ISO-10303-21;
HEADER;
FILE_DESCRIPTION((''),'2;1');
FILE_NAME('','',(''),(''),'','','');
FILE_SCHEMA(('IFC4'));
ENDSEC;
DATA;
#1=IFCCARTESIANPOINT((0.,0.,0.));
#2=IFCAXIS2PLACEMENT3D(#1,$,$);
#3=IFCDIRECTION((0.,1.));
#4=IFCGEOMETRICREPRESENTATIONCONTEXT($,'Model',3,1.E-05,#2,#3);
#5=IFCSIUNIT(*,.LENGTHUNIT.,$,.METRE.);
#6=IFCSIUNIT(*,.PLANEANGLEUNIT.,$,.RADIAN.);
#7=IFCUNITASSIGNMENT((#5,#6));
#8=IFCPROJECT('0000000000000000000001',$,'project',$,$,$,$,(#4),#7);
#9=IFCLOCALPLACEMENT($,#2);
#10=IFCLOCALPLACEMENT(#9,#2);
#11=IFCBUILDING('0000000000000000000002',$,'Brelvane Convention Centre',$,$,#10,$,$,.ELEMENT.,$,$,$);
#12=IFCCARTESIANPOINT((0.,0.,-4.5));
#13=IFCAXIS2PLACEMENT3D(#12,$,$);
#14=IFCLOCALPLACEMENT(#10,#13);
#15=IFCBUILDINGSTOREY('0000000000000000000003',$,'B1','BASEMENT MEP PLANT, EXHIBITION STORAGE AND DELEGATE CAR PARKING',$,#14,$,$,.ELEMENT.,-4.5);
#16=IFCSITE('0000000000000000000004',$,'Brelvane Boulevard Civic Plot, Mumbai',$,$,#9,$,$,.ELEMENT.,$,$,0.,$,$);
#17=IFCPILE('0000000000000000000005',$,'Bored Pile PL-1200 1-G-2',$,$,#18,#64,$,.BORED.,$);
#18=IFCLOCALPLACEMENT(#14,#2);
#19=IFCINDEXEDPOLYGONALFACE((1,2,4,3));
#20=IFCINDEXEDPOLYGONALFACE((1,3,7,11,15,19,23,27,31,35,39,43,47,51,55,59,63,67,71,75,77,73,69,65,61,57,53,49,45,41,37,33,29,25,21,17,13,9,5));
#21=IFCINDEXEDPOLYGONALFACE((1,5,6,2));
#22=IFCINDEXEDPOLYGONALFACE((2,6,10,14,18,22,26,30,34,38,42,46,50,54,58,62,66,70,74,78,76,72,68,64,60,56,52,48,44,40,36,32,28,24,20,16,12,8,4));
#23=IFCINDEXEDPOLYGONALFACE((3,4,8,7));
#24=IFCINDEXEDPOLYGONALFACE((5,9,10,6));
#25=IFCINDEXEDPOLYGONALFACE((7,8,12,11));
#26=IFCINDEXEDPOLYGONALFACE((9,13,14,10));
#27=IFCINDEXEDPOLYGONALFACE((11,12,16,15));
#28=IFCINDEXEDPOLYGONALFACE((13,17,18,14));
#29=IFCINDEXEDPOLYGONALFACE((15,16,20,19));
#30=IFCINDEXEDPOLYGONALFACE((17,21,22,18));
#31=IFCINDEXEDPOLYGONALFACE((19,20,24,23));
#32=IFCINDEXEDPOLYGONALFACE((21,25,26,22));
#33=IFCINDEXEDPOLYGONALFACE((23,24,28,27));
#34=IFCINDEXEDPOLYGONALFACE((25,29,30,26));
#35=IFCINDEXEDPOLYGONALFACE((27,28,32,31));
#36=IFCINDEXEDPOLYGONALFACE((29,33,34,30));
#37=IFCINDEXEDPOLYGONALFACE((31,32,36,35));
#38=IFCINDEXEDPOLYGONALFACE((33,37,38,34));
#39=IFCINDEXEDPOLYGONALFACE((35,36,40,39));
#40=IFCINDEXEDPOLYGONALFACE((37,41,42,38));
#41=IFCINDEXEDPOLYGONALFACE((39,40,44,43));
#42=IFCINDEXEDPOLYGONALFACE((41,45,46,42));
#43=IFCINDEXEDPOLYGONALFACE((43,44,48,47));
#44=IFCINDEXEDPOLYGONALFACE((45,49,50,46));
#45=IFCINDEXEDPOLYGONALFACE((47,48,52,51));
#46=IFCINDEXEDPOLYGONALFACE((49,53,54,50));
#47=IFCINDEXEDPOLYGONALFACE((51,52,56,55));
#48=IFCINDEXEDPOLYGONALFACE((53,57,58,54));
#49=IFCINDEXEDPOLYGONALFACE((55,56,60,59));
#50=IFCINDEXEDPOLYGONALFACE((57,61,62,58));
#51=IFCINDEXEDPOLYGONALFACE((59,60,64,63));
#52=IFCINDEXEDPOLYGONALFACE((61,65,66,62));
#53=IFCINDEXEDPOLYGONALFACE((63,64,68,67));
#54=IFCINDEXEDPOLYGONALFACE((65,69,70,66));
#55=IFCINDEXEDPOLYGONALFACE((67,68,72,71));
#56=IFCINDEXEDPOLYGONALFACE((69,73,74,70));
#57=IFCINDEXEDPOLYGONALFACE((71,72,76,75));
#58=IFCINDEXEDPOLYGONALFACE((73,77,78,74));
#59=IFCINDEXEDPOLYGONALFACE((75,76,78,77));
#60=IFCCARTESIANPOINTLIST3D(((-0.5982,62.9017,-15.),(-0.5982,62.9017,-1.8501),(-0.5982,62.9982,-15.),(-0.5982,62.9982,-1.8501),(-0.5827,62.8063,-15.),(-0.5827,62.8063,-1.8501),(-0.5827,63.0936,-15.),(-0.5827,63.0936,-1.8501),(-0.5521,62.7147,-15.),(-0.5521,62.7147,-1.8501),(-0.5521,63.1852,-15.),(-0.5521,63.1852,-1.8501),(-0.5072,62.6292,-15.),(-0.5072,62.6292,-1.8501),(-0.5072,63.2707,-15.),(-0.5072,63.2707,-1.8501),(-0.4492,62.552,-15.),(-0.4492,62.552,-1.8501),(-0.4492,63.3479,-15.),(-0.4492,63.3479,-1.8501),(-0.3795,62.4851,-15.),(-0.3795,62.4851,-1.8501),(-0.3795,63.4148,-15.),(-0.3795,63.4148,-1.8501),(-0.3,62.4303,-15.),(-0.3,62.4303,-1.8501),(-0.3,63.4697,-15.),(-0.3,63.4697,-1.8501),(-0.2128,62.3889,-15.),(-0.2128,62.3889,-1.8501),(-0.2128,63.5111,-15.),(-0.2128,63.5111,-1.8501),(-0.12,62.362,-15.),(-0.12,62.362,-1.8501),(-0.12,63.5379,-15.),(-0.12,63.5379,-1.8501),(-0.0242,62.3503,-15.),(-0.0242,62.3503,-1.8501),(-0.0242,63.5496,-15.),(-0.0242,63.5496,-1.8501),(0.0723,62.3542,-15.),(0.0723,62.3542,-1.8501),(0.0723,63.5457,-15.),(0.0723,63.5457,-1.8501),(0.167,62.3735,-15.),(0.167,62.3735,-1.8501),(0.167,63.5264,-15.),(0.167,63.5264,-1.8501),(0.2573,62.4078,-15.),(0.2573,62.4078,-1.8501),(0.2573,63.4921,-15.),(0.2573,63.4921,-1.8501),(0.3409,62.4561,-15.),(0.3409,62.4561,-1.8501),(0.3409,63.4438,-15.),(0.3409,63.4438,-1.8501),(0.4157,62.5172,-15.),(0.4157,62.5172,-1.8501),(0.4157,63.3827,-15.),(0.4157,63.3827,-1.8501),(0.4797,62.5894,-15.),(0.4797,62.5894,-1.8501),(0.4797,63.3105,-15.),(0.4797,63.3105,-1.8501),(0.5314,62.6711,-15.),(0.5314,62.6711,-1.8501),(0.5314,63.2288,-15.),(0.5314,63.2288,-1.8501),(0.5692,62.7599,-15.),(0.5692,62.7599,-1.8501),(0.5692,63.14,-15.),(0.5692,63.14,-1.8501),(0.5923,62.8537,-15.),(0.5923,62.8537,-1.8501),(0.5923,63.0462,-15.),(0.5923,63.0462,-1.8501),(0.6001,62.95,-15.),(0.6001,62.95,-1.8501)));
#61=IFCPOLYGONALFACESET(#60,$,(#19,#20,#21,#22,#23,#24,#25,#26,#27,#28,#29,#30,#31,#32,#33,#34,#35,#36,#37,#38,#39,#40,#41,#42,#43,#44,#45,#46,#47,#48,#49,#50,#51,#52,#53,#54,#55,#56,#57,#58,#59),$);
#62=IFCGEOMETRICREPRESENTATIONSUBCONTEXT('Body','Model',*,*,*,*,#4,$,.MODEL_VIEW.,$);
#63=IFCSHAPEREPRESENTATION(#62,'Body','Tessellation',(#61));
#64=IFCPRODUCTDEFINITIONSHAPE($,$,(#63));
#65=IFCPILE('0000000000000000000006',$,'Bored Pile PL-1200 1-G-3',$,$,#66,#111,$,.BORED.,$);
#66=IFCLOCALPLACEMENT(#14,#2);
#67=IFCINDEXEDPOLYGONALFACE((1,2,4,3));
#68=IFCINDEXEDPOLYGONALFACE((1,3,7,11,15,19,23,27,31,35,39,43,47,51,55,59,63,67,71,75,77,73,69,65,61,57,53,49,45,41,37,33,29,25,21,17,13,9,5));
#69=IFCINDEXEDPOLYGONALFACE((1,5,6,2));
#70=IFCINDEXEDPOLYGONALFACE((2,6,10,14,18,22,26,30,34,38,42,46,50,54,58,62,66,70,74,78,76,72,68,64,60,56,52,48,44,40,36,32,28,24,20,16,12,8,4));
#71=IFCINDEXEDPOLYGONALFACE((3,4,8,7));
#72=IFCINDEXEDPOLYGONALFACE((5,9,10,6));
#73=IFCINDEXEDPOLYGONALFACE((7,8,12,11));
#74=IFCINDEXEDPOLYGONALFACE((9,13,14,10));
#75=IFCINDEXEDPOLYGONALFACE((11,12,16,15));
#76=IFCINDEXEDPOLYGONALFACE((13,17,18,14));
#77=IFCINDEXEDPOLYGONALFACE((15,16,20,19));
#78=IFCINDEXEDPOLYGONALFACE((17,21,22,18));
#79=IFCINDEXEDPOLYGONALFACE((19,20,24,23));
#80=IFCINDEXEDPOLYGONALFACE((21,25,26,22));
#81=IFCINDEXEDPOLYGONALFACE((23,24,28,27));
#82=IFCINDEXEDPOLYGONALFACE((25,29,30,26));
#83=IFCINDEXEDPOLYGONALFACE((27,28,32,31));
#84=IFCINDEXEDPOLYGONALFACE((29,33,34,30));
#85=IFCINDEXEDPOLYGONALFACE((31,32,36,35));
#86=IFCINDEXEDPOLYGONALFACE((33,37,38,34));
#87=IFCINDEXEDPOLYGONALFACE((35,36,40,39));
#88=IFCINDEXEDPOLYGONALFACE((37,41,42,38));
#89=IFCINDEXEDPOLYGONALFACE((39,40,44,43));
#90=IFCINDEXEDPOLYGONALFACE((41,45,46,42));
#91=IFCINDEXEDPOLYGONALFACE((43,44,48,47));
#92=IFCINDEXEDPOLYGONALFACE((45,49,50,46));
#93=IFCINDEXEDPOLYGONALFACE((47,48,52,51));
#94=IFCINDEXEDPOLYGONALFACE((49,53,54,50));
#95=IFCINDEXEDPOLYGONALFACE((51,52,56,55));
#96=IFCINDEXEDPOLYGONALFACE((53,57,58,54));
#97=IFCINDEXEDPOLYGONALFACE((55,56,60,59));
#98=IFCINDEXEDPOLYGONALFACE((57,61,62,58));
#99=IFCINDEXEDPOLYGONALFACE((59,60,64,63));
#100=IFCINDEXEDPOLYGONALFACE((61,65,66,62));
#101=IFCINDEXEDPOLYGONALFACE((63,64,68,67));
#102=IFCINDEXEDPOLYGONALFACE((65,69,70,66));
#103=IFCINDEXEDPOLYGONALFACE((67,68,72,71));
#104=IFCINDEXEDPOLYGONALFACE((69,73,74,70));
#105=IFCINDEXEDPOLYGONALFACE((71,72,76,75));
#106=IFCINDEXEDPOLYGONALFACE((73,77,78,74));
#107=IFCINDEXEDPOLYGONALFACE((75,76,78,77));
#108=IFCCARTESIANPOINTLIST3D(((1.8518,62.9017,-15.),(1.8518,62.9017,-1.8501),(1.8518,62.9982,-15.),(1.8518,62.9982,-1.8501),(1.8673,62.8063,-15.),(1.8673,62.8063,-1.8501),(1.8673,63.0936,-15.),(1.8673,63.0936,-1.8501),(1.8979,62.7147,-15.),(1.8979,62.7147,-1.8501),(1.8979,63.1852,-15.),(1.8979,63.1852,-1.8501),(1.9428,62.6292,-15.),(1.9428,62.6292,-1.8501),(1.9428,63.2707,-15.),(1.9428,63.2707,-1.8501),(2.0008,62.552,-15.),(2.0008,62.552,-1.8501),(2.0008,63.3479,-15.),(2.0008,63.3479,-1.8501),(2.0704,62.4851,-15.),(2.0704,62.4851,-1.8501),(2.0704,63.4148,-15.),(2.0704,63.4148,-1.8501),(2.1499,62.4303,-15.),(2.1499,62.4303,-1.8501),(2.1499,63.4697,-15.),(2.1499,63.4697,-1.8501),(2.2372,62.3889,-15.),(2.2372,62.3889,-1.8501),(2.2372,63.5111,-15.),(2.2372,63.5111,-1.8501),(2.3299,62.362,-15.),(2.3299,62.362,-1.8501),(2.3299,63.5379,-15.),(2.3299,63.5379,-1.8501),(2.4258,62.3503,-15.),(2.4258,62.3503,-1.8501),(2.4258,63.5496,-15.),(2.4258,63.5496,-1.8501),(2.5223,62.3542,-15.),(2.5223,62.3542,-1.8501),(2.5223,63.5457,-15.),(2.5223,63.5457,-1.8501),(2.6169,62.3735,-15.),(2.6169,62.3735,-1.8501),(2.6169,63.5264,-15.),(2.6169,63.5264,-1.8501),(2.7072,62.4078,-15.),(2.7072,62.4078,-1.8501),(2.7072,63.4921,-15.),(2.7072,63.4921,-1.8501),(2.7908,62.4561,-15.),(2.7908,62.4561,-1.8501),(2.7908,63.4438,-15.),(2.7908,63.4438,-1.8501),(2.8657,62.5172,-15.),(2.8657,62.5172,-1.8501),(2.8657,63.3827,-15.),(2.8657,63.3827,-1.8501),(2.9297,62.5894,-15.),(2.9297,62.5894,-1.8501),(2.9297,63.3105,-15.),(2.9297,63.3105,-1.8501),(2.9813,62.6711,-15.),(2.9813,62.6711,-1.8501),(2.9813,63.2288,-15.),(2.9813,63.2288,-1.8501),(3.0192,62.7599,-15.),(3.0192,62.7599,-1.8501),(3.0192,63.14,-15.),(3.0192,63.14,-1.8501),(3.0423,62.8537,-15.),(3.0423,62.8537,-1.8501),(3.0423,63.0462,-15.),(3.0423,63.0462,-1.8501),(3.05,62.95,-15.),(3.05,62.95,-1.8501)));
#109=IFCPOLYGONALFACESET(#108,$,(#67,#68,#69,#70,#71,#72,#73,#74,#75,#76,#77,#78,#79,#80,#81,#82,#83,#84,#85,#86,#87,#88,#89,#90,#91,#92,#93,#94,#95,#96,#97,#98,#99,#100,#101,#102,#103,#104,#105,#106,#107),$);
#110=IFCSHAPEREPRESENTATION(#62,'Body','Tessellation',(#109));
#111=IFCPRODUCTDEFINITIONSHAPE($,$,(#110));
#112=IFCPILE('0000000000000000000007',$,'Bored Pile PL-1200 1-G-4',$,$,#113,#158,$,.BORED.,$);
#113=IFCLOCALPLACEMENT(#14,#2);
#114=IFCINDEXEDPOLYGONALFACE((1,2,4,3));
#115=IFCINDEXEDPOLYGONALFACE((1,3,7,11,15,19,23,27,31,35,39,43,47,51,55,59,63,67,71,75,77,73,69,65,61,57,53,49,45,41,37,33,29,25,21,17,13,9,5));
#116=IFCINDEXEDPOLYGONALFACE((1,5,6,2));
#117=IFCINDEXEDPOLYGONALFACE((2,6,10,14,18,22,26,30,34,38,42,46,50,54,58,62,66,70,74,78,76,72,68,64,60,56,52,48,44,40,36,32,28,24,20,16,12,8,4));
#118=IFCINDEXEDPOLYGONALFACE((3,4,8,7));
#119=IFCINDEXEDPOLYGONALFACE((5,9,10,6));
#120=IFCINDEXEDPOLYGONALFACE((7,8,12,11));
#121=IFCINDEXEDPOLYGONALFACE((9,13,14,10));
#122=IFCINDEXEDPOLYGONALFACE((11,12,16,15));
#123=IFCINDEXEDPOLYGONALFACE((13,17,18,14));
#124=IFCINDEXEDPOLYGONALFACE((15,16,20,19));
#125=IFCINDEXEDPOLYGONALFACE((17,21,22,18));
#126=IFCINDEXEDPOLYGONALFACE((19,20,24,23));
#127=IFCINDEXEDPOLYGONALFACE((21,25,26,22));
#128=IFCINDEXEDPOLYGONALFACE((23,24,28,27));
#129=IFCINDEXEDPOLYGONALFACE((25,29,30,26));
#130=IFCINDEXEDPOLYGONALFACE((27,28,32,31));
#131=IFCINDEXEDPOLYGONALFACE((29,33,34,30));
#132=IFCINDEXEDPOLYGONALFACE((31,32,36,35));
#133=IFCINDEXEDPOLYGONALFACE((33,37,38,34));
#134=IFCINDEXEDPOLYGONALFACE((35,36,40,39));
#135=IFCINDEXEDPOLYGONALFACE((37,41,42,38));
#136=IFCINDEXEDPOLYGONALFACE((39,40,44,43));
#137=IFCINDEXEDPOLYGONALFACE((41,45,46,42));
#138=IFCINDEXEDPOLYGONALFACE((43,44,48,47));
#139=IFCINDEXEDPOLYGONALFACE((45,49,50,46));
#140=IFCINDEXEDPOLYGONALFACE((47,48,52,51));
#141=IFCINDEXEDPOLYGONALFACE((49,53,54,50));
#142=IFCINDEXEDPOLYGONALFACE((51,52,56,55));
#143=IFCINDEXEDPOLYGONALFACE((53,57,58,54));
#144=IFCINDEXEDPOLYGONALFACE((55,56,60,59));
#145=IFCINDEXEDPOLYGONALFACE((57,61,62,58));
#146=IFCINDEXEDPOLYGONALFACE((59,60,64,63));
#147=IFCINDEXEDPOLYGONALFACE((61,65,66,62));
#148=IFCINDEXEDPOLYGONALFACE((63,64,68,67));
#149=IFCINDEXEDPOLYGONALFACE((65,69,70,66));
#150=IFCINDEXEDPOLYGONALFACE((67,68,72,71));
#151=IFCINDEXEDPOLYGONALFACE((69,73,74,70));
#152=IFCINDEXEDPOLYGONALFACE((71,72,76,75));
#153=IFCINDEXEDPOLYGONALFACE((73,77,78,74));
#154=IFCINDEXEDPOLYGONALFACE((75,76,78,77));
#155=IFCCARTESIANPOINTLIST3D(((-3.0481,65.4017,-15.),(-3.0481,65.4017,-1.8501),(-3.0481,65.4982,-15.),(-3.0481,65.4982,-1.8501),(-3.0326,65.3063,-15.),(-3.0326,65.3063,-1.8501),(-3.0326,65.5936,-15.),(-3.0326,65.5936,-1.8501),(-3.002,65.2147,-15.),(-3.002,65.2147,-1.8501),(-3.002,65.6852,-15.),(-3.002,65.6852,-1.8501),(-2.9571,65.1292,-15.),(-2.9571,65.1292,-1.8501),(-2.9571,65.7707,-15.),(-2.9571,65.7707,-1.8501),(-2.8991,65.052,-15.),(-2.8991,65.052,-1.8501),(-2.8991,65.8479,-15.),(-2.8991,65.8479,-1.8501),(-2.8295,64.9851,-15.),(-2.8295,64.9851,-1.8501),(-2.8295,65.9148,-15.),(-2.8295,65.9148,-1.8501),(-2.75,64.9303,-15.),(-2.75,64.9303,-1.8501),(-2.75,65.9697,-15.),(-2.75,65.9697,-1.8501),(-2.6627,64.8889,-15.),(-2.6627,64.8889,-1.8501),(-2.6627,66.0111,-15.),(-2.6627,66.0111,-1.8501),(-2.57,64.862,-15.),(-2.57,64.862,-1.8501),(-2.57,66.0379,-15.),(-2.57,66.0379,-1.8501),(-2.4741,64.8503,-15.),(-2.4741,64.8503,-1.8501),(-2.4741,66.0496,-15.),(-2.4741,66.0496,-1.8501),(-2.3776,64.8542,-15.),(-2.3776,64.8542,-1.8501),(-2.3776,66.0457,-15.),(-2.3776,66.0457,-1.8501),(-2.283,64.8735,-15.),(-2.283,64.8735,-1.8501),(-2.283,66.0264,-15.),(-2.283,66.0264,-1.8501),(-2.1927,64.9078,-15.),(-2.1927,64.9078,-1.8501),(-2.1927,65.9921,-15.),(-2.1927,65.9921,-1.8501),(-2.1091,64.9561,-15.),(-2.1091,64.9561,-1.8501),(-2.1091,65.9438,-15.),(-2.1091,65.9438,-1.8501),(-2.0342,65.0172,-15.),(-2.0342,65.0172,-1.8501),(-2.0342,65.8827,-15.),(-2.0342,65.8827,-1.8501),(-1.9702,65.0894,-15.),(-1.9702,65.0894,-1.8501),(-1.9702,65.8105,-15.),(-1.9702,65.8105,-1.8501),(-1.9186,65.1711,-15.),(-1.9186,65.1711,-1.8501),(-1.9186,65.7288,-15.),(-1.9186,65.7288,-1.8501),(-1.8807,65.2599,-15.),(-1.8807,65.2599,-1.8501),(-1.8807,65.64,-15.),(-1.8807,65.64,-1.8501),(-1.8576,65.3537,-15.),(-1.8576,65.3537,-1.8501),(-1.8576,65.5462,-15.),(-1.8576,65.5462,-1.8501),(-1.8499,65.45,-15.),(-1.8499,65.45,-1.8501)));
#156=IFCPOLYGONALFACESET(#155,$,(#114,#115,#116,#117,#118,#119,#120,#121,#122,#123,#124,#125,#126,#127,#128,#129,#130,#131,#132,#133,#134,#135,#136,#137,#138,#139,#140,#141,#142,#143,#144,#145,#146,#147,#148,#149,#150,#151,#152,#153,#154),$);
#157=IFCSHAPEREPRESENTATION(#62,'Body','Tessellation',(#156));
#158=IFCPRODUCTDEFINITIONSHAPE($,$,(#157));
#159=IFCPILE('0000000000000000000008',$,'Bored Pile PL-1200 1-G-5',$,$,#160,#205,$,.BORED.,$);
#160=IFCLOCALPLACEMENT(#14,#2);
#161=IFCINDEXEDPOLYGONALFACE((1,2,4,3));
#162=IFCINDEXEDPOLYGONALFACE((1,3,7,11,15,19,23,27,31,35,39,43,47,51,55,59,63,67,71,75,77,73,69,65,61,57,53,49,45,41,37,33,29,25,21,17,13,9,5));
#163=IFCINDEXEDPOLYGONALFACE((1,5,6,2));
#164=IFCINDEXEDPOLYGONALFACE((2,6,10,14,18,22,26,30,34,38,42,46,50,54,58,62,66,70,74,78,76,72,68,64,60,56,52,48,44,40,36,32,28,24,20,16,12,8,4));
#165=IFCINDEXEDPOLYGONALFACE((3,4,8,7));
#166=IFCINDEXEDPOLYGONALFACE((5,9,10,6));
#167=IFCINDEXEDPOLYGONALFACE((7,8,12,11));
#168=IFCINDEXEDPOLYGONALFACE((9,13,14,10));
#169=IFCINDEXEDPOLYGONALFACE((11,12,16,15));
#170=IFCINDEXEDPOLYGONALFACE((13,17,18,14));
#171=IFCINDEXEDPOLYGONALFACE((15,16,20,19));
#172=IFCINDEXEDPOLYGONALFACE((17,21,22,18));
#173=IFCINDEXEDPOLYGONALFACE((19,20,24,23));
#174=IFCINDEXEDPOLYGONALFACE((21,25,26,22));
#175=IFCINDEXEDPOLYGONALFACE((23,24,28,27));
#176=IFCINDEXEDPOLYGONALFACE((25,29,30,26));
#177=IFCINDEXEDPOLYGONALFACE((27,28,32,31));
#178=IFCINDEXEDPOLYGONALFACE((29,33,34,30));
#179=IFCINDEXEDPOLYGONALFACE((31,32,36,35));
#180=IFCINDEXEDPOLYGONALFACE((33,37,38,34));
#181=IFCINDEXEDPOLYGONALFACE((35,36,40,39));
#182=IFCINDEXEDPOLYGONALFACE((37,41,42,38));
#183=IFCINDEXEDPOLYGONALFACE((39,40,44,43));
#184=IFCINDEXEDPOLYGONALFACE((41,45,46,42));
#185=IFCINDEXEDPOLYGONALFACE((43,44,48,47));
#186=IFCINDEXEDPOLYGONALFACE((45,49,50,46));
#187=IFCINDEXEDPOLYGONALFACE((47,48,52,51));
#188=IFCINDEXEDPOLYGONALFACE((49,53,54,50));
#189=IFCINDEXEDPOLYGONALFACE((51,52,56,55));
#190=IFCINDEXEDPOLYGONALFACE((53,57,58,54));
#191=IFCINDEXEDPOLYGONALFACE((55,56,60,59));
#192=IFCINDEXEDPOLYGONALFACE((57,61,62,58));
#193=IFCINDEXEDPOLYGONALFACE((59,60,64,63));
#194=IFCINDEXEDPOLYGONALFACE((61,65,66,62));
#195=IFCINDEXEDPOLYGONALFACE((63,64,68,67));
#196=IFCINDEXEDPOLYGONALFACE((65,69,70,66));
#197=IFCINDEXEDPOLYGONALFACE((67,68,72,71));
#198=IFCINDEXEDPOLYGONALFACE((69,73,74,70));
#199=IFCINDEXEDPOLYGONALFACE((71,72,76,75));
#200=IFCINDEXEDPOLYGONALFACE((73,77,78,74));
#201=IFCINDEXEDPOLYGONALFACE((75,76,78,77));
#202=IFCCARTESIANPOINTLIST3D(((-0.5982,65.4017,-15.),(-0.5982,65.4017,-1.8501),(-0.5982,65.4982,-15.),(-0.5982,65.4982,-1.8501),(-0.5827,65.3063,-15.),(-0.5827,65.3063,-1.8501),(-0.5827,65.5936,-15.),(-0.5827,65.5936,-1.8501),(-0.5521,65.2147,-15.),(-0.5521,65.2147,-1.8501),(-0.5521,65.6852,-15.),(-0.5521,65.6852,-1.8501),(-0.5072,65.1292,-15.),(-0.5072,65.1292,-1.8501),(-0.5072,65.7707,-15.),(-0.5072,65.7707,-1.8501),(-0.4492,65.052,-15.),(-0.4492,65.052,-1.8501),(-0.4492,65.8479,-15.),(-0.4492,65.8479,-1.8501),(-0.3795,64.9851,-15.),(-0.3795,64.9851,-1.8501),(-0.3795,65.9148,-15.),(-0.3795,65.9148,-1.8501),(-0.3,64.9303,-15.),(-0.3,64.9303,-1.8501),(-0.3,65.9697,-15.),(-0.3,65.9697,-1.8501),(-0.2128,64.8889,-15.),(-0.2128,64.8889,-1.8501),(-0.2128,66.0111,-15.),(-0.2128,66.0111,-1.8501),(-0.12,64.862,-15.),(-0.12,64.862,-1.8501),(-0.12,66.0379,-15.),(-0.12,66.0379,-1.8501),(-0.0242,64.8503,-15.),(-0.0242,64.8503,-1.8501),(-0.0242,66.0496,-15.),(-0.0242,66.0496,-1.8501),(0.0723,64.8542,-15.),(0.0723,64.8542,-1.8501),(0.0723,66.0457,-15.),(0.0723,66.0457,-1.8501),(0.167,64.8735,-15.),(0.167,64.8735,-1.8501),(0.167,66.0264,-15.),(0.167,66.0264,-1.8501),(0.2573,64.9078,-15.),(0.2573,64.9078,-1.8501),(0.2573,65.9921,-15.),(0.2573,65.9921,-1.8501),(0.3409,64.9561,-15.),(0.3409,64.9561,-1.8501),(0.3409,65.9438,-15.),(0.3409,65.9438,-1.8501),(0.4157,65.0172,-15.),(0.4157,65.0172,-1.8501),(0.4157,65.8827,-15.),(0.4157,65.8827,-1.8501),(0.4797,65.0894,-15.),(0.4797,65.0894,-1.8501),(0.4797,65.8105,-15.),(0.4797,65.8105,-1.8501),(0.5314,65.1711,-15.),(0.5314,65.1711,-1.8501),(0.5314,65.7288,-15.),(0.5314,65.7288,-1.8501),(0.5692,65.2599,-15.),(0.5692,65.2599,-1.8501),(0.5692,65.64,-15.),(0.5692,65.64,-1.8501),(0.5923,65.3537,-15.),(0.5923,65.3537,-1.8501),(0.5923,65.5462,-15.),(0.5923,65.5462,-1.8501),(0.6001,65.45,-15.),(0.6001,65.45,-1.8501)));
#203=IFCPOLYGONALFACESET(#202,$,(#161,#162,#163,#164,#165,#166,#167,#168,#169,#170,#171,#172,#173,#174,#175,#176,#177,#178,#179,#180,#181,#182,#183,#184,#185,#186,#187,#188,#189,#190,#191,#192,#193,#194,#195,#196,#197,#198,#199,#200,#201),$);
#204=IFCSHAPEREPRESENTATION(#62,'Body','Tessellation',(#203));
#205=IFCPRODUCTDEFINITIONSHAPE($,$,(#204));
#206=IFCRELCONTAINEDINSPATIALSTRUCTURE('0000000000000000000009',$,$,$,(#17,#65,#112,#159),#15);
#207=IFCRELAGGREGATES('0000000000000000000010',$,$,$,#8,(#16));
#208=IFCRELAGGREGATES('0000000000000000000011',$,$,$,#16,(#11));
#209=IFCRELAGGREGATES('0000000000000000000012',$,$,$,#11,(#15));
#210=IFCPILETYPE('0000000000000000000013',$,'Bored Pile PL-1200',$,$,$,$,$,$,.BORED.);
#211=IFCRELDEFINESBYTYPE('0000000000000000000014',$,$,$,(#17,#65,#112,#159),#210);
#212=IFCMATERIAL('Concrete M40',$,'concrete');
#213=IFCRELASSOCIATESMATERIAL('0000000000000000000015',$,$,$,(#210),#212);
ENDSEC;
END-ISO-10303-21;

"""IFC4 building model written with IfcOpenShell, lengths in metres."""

from ifc_helpers import new_model, si_unit, direction, frame, origin, origin_2d, place, context, subcontext, project, spatial, circle, extrude, material, material_profile, profile_set, type_object, element, save


model = new_model("IFC4")

# Units and contexts
model_context = context("Model", 3, precision=1e-05, world=origin(), true_north=direction((0.0, 1.0)))
body_context = subcontext(model_context, "Body", "Model", "MODEL_VIEW")
ifc_project = project(units=[si_unit("LENGTHUNIT", "METRE"), si_unit("PLANEANGLEUNIT", "RADIAN")], contexts=[model_context])

# Site, building, storey
site_placement = place(None, origin())
site = spatial("IfcSite", under=ifc_project, at=site_placement, Name="Brelvane Boulevard Civic Plot, Mumbai", CompositionType="ELEMENT", RefElevation=0.0)
building_placement = place(site_placement, origin())
building = spatial("IfcBuilding", under=site, at=building_placement, Name="Brelvane Convention Centre", CompositionType="ELEMENT")
storey_placement = place(building_placement, frame((0.0, 0.0, -4.5)))
storey = spatial("IfcBuildingStorey", under=building, at=storey_placement, Name="B1", Description="BASEMENT MEP PLANT, EXHIBITION STORAGE AND DELEGATE CAR PARKING", CompositionType="ELEMENT", Elevation=-4.5)

# Piles
ifc_material_1 = material(Name="Concrete M40", Category="concrete")
ifc_material_profile_1 = material_profile(ifc_material_1, circle(Radius=0.6001, at=origin_2d()), Name="PILE D1200")
ifc_profile_set_1 = profile_set([ifc_material_profile_1], Name="Concrete M40")
pile_type_1 = type_object("IfcPileType", Name="Bored Pile PL-1200", PredefinedType="BORED", material=ifc_profile_set_1)
for number, where, z_axis, x_axis, name in (
    (1, (0.0, 62.95, -1.8501), (0.0, 0.0, -1.0), (1.0, 0.0, 0.0), "Bored Pile PL-1200 1-G-2"),
    (2, (2.45, 62.95, -1.8501), (0.0, 0.0, -1.0), (1.0, 0.0, 0.0), "Bored Pile PL-1200 1-G-3"),
    (3, (-2.45, 65.45, -1.8501), (0.0, 0.0, -1.0), (1.0, 0.0, 0.0), "Bored Pile PL-1200 1-G-4"),
    (4, (0.0, 65.45, -1.8501), (0.0, 0.0, -1.0), (1.0, 0.0, 0.0), "Bored Pile PL-1200 1-G-5"),
):
    element("IfcPile", number, at=place(storey_placement, frame(where, z_axis=z_axis, x_axis=x_axis)), inside=storey, type_object=pile_type_1, Name=name, PredefinedType="BORED", context=body_context, shape_type="SweptSolid", body=[
        extrude(circle(Radius=0.6001, at=origin_2d()), origin(), (0.0, 0.0, 1.0), 13.1499),
    ])

save(model, "model.ifc")
